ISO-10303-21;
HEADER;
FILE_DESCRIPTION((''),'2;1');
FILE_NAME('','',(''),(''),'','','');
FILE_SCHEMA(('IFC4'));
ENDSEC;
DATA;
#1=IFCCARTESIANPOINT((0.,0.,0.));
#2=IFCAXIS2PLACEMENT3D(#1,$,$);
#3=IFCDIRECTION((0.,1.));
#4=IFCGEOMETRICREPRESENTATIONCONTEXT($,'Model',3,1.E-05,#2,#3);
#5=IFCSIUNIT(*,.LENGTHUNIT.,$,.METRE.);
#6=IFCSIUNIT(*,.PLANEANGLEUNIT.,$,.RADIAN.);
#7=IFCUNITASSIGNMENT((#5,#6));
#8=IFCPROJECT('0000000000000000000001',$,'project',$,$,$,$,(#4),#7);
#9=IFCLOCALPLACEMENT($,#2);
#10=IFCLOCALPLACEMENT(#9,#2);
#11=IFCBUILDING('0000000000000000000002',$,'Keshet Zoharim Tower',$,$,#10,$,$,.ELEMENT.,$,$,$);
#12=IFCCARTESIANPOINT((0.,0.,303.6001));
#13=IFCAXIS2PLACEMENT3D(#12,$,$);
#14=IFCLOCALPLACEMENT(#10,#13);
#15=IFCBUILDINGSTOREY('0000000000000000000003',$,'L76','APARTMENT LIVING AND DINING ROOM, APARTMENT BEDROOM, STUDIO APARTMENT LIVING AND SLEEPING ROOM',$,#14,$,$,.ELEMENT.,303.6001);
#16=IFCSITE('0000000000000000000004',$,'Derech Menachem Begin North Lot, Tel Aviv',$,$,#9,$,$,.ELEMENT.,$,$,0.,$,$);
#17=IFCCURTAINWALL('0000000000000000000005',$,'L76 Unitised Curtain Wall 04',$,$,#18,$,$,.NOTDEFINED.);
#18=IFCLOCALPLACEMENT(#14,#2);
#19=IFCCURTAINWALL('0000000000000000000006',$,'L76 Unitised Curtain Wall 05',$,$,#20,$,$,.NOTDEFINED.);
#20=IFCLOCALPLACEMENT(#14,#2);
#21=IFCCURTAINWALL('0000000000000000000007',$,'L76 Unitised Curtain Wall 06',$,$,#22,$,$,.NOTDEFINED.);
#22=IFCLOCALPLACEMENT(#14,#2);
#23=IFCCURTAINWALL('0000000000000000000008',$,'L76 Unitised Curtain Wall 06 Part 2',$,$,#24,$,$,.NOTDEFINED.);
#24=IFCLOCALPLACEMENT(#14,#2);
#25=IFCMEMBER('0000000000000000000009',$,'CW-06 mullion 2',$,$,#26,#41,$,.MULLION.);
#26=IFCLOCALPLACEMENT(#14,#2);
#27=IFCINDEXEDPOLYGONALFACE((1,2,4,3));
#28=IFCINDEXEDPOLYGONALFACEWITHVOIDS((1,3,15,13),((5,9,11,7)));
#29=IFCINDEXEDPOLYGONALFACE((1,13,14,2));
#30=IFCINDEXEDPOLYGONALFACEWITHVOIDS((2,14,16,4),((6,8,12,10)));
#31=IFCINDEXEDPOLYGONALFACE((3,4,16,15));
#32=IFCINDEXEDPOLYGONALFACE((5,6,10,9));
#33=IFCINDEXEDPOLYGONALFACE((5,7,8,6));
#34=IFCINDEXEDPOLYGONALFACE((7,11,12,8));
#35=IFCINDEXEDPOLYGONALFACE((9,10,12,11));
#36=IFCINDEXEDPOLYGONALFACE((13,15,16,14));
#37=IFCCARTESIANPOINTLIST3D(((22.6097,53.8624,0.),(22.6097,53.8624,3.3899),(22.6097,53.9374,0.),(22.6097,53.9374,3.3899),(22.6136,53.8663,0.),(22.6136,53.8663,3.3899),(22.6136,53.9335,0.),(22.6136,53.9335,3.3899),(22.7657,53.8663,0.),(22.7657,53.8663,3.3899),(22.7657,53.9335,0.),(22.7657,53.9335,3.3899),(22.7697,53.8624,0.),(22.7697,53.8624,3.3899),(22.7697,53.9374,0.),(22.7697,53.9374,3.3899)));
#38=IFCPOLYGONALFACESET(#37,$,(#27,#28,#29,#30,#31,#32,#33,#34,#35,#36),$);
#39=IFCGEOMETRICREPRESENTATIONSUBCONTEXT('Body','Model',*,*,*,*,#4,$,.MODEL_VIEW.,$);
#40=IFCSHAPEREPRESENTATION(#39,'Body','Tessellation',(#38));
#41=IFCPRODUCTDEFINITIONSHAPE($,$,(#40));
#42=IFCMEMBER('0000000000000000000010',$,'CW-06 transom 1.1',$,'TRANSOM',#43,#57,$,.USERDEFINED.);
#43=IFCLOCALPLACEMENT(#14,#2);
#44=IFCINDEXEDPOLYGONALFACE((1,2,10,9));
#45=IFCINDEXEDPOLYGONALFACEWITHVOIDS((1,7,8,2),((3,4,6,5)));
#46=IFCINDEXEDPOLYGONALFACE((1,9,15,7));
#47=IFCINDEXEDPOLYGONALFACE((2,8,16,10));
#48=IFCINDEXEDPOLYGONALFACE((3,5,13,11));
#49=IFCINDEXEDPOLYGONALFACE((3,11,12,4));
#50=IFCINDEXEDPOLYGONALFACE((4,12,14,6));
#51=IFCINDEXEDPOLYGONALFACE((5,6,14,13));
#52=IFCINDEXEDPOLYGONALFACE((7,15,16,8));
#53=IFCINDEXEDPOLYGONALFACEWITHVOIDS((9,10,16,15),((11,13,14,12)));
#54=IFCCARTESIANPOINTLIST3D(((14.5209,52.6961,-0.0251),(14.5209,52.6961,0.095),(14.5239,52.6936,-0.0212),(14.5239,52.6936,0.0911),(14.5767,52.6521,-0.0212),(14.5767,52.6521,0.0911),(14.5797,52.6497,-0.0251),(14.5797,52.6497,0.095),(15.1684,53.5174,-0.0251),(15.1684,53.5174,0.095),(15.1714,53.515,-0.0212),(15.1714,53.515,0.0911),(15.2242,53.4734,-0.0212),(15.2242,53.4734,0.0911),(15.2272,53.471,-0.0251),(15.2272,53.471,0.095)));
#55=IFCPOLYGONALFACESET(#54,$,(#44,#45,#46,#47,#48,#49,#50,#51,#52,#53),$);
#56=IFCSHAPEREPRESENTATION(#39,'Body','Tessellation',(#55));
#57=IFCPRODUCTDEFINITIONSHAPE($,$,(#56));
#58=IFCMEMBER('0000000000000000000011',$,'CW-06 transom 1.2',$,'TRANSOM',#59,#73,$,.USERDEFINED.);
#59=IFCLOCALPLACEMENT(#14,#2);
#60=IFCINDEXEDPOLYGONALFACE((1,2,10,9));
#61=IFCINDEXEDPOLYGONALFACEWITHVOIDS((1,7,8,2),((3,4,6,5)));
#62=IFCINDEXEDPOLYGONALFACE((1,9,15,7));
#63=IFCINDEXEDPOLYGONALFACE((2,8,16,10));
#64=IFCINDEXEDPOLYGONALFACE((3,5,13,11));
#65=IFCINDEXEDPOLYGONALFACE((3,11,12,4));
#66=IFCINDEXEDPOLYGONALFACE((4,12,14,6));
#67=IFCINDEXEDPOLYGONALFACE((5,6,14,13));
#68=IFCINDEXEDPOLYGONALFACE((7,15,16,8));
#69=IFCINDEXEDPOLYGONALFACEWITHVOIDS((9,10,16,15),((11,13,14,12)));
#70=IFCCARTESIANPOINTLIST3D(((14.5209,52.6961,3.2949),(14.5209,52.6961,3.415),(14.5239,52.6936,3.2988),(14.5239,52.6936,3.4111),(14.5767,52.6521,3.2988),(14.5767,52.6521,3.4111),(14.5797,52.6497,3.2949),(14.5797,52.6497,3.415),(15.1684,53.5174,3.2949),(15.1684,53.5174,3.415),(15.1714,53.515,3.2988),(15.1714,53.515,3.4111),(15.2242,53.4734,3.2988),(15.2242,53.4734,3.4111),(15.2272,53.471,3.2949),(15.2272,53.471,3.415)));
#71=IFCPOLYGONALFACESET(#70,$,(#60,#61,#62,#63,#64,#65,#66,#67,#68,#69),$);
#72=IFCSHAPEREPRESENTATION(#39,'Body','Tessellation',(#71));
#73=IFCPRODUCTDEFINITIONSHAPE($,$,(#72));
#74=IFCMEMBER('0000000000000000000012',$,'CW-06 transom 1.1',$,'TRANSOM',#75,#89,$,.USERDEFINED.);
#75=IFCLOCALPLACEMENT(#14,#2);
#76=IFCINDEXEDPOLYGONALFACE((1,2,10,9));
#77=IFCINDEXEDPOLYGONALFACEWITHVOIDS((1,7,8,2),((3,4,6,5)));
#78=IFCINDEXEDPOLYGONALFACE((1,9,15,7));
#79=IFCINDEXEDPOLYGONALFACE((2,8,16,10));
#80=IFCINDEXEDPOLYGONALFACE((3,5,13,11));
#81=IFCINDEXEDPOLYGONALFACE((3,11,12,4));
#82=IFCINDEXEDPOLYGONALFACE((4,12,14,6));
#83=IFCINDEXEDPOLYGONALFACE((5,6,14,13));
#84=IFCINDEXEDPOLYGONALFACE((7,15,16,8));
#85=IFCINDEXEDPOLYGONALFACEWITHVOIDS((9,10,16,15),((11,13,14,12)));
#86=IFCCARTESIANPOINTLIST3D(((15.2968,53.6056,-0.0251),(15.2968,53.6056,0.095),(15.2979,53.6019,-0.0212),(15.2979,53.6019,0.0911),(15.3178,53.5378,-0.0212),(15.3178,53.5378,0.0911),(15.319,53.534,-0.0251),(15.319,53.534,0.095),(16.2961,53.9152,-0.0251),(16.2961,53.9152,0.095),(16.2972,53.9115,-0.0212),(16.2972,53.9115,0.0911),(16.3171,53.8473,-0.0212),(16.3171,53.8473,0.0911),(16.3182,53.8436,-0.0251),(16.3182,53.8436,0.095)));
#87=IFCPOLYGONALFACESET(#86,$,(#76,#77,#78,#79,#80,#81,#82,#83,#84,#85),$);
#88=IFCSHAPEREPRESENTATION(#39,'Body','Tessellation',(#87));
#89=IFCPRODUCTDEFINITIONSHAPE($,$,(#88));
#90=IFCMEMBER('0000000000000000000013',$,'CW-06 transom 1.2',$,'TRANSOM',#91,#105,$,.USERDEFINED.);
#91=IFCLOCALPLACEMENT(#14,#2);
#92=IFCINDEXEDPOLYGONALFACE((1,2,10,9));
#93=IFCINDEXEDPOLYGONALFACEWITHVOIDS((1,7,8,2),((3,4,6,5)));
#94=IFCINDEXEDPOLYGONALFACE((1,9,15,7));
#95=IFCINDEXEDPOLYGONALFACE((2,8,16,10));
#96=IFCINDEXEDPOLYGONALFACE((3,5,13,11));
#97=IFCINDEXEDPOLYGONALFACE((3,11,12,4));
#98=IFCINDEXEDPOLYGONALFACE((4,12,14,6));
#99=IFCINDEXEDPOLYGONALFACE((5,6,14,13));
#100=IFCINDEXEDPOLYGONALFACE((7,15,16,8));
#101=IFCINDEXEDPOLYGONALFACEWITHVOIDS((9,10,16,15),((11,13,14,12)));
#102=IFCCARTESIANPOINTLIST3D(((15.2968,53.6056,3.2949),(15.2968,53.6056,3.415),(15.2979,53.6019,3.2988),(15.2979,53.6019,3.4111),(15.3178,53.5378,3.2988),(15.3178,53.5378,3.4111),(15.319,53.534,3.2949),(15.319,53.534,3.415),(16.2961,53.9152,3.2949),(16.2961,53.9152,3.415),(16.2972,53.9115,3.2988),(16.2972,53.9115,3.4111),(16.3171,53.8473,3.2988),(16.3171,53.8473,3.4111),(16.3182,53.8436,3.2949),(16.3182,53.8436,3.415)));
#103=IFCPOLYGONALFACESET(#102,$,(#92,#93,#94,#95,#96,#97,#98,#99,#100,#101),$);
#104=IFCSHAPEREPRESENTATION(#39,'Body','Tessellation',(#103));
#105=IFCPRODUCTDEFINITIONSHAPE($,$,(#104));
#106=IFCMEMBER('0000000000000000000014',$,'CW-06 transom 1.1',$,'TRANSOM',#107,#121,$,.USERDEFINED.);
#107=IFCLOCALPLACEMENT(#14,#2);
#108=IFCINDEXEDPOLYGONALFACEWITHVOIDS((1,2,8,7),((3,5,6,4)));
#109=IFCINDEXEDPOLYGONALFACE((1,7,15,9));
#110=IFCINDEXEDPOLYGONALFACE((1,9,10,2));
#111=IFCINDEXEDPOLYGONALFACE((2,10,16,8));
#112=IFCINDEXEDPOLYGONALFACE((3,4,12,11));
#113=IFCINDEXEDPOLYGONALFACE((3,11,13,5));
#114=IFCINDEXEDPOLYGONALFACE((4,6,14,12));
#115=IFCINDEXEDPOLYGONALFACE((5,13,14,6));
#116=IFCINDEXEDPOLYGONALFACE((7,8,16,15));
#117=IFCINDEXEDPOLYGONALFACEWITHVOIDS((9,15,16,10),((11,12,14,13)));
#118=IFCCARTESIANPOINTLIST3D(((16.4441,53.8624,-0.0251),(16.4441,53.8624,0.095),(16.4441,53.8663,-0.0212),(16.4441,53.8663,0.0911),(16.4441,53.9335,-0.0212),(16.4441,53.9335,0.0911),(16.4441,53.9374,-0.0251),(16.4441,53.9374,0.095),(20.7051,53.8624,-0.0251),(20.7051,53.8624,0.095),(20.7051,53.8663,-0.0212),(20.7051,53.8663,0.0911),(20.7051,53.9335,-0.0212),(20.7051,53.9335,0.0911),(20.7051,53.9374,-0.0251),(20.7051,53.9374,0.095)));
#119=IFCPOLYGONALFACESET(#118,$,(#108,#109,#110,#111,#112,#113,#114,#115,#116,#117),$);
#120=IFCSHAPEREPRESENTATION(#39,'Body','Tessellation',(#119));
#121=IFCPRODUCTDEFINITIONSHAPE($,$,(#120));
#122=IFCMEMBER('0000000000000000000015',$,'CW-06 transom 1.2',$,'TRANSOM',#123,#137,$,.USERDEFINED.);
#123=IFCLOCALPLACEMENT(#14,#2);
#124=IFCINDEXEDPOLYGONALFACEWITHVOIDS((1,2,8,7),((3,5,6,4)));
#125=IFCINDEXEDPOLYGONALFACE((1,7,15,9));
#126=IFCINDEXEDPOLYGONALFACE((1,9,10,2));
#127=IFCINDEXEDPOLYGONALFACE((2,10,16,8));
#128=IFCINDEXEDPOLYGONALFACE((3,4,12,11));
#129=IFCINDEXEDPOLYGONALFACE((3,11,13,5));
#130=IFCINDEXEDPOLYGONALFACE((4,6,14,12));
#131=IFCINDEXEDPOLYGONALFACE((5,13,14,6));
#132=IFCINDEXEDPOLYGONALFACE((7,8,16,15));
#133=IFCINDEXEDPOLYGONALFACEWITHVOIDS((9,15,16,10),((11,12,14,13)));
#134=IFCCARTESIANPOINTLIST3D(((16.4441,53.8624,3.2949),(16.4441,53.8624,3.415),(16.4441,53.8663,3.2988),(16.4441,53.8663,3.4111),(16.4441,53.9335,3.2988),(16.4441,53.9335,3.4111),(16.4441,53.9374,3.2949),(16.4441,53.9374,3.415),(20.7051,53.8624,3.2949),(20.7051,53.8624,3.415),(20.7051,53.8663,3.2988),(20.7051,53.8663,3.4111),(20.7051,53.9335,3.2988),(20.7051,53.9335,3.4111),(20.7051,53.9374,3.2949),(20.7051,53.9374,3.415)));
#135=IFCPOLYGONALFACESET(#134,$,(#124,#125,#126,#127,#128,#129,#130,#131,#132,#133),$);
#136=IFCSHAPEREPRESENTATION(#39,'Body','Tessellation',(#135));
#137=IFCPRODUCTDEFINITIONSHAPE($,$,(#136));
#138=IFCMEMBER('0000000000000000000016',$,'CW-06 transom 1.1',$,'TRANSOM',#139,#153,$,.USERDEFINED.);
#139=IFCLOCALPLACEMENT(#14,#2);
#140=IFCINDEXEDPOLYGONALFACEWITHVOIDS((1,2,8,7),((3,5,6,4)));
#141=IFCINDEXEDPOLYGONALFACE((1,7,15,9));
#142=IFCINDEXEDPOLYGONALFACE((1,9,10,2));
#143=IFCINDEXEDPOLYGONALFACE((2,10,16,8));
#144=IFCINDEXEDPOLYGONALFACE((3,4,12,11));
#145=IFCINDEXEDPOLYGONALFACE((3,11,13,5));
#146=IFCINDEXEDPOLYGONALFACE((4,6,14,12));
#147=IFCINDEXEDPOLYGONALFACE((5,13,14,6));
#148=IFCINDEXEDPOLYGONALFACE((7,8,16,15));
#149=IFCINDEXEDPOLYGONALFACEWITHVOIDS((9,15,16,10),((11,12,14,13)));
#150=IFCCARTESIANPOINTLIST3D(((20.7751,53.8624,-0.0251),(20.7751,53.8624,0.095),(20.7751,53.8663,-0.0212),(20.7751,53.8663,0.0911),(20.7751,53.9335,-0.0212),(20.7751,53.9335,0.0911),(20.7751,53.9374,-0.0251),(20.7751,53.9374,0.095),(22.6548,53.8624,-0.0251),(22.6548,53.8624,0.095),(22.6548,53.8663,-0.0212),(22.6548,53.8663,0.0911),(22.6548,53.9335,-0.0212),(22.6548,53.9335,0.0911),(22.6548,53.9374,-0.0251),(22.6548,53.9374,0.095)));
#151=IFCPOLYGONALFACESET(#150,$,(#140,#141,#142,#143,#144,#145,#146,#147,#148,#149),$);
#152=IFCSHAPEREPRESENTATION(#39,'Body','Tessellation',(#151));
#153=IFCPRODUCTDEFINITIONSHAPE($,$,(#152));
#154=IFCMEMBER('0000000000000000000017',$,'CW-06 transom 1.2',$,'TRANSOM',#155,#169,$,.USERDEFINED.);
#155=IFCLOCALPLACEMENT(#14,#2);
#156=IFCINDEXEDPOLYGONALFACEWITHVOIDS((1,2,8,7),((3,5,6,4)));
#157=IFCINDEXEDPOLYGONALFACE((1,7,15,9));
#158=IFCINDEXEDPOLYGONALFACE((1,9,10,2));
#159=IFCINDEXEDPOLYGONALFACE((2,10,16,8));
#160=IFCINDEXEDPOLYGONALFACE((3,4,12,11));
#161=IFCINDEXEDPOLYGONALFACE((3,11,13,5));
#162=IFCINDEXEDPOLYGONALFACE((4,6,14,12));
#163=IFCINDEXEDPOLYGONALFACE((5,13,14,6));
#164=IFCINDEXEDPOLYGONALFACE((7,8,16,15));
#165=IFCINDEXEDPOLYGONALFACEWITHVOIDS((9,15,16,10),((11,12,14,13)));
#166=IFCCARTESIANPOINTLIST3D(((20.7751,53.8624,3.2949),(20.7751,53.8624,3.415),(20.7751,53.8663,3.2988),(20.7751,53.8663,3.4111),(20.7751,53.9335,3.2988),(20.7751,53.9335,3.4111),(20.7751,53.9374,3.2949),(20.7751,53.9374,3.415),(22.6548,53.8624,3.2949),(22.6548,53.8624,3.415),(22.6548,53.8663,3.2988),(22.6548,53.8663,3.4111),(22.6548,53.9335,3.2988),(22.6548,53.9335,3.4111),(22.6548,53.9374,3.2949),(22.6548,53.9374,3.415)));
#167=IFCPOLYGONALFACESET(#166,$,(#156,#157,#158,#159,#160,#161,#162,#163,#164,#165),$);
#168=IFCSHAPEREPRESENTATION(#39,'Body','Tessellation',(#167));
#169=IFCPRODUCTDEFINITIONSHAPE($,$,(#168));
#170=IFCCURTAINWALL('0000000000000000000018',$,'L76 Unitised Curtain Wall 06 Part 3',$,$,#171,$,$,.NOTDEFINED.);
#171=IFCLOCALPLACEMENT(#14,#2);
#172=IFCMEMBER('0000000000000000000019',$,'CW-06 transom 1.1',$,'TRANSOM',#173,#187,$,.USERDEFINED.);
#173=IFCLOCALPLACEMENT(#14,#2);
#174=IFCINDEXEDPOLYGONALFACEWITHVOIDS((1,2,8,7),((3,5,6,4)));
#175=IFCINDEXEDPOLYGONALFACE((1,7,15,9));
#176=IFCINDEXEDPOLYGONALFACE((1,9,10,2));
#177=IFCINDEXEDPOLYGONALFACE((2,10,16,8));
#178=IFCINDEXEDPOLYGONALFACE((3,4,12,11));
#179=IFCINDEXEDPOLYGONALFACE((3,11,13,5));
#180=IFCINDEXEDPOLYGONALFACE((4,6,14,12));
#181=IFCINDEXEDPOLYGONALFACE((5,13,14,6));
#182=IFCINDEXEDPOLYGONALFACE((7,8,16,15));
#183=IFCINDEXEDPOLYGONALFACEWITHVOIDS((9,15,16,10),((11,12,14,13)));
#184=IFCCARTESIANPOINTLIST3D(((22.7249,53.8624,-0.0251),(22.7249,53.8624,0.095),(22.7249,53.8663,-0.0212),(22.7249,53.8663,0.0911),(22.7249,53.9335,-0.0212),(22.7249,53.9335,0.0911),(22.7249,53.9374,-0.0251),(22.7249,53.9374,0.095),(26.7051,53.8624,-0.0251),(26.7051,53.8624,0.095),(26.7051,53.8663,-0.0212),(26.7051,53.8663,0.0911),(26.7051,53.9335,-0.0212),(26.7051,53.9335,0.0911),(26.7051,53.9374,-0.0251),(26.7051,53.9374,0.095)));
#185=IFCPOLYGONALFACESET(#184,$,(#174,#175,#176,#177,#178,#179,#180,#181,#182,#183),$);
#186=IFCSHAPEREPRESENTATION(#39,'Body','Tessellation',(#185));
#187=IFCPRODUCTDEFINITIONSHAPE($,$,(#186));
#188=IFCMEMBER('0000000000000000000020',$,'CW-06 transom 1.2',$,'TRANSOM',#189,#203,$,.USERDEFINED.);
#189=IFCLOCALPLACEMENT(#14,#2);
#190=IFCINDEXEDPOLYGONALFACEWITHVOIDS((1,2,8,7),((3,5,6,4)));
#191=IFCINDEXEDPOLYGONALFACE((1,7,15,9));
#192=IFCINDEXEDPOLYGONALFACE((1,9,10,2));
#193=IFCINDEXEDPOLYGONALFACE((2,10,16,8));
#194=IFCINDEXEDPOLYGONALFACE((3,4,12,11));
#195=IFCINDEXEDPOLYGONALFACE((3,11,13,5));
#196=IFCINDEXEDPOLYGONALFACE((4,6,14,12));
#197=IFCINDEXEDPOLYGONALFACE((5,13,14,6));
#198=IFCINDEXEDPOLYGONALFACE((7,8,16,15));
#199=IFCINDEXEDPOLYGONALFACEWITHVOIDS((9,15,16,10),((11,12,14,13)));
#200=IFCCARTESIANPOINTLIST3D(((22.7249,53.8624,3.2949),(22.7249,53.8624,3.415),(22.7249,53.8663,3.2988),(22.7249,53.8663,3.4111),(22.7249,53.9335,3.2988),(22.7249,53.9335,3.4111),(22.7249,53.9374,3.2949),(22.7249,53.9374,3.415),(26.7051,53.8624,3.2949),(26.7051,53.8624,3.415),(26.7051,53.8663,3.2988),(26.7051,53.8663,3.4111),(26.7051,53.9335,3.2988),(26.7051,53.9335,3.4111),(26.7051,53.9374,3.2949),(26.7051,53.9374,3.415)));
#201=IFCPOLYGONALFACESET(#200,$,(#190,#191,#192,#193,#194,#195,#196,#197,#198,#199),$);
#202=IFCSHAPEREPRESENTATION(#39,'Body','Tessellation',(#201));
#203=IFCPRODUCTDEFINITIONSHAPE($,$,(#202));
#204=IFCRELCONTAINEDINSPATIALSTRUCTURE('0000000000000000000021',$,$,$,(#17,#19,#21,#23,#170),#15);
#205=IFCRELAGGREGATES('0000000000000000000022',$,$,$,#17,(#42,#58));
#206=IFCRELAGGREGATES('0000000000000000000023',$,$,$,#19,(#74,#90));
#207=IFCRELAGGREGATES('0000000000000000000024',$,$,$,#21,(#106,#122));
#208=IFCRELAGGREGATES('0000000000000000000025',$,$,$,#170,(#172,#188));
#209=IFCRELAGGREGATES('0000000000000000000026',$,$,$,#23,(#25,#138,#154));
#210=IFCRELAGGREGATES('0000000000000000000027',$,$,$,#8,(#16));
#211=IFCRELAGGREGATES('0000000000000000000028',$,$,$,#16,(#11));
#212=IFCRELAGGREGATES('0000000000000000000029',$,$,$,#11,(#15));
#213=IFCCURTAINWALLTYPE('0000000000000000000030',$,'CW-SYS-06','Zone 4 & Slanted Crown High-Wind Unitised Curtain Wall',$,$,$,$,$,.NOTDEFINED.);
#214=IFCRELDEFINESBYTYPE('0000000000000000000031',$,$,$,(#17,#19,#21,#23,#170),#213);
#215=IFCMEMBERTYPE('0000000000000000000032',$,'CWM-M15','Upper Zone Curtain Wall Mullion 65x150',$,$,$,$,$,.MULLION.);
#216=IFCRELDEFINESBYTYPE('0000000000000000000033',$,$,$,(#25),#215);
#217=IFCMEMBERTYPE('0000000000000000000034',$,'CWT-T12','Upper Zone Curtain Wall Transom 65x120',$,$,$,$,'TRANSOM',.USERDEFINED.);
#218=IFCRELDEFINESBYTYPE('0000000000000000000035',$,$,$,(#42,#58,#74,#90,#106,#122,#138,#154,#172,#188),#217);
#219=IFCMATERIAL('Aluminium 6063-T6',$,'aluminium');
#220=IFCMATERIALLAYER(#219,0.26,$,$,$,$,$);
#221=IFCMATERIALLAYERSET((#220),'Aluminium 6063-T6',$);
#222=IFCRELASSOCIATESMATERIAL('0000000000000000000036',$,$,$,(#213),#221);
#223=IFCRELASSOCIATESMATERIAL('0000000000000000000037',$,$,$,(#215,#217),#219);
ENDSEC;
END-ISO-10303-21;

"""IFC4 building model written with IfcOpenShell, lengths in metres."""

from ifc_helpers import new_model, si_unit, direction, frame, origin, origin_2d, place, context, subcontext, project, spatial, hollow_rectangle, extrude, material, layer, layer_set, material_profile, profile_set, type_object, element, aggregate, save


model = new_model("IFC4")

# Units and contexts
model_context = context("Model", 3, precision=1e-05, world=origin(), true_north=direction((0.0, 1.0)))
body_context = subcontext(model_context, "Body", "Model", "MODEL_VIEW")
ifc_project = project(units=[si_unit("LENGTHUNIT", "METRE"), si_unit("PLANEANGLEUNIT", "RADIAN")], contexts=[model_context])

# Site, building, storey
site_placement = place(None, origin())
site = spatial("IfcSite", under=ifc_project, at=site_placement, Name="Derech Menachem Begin North Lot, Tel Aviv", CompositionType="ELEMENT", RefElevation=0.0)
building_placement = place(site_placement, origin())
building = spatial("IfcBuilding", under=site, at=building_placement, Name="Keshet Zoharim Tower", CompositionType="ELEMENT")
storey_placement = place(building_placement, frame((0.0, 0.0, 303.6001)))
storey = spatial("IfcBuildingStorey", under=building, at=storey_placement, Name="L76", Description="APARTMENT LIVING AND DINING ROOM, APARTMENT BEDROOM, STUDIO APARTMENT LIVING AND SLEEPING ROOM", CompositionType="ELEMENT", Elevation=303.6001)

# Curtain wall
ifc_material_1 = material(Name="Aluminium 6063-T6", Category="aluminium")
ifc_layer_1 = layer(ifc_material_1, 0.26)
ifc_layer_set_1 = layer_set([ifc_layer_1], Name="Aluminium 6063-T6")
curtain_wall_type = type_object("IfcCurtainWallType", Name="CW-SYS-06", Description="Zone 4 & Slanted Crown High-Wind Unitised Curtain Wall", PredefinedType="NOTDEFINED", material=ifc_layer_set_1)
curtain_wall_1_placement = place(storey_placement, origin())
curtain_wall_1 = element("IfcCurtainWall", 1, at=curtain_wall_1_placement, inside=storey, type_object=curtain_wall_type, Name="L76 Unitised Curtain Wall 04", PredefinedType="NOTDEFINED")
ifc_material_profile_1 = material_profile(ifc_material_1, hollow_rectangle(XDim=0.075, YDim=0.1599, WallThickness=0.0039, at=origin_2d()), Name="MUL-75x160")
ifc_profile_set_1 = profile_set([ifc_material_profile_1], Name="Aluminium 6063-T6")
member_type_1 = type_object("IfcMemberType", Name="CWM-M15", Description="Upper Zone Curtain Wall Mullion 65x150", PredefinedType="MULLION", material=ifc_profile_set_1)

# Curtain walls
curtain_wall_2_placement = place(storey_placement, origin())
curtain_wall_2 = element("IfcCurtainWall", 2, at=curtain_wall_2_placement, inside=storey, type_object=curtain_wall_type, Name="L76 Unitised Curtain Wall 05", PredefinedType="NOTDEFINED")
curtain_wall_3_placement = place(storey_placement, origin())
curtain_wall_3 = element("IfcCurtainWall", 3, at=curtain_wall_3_placement, inside=storey, type_object=curtain_wall_type, Name="L76 Unitised Curtain Wall 06", PredefinedType="NOTDEFINED")

# Curtain wall, member
curtain_wall_4_placement = place(storey_placement, origin())
curtain_wall_4 = element("IfcCurtainWall", 4, at=curtain_wall_4_placement, inside=storey, type_object=curtain_wall_type, Name="L76 Unitised Curtain Wall 06 Part 2", PredefinedType="NOTDEFINED")
member_1_placement = place(storey_placement, frame((22.6897, 53.8999, 0.0), z_axis=(0.0, 0.0, 1.0), x_axis=(0.0, 1.0, 0.0)))
member_1 = element("IfcMember", 5, at=member_1_placement, type_object=member_type_1, Name="CW-06 mullion 2", PredefinedType="MULLION", context=body_context, shape_type="SweptSolid", body=[
    extrude(hollow_rectangle(XDim=0.075, YDim=0.1599, WallThickness=0.0039, at=origin_2d()), origin(), (0.0, 0.0, 1.0), 3.3899),
])

# Members
ifc_material_profile_2 = material_profile(ifc_material_1, hollow_rectangle(XDim=0.075, YDim=0.1201, WallThickness=0.0039, at=origin_2d()), Name="TRN-75x120")
ifc_profile_set_2 = profile_set([ifc_material_profile_2], Name="Aluminium 6063-T6")
member_type_2 = type_object("IfcMemberType", Name="CWT-T12", Description="Upper Zone Curtain Wall Transom 65x120", ElementType="TRANSOM", PredefinedType="USERDEFINED", material=ifc_profile_set_2)
member_2_placement = place(storey_placement, frame((14.5503, 52.6729, 0.0349), z_axis=(0.619099, 0.785313, 0.0), x_axis=(-0.785313, 0.619099, 0.0)))
member_2 = element("IfcMember", 6, at=member_2_placement, type_object=member_type_2, Name="CW-06 transom 1.1", ObjectType="TRANSOM", PredefinedType="USERDEFINED", context=body_context, shape_type="SweptSolid", body=[
    extrude(hollow_rectangle(XDim=0.075, YDim=0.1201, WallThickness=0.0039, at=origin_2d()), origin(), (0.0, 0.0, 1.0), 1.0459),
])
member_3_placement = place(storey_placement, frame((14.5503, 52.6729, 3.355), z_axis=(0.619099, 0.785313, 0.0), x_axis=(-0.785313, 0.619099, 0.0)))
member_3 = element("IfcMember", 7, at=member_3_placement, type_object=member_type_2, Name="CW-06 transom 1.2", ObjectType="TRANSOM", PredefinedType="USERDEFINED", context=body_context, shape_type="SweptSolid", body=[
    extrude(hollow_rectangle(XDim=0.075, YDim=0.1201, WallThickness=0.0039, at=origin_2d()), origin(), (0.0, 0.0, 1.0), 1.0459),
])
member_4_placement = place(storey_placement, frame((15.3079, 53.5698, 0.0349), z_axis=(0.955212, 0.295922, 0.0), x_axis=(-0.295922, 0.955212, 0.0)))
member_4 = element("IfcMember", 8, at=member_4_placement, type_object=member_type_2, Name="CW-06 transom 1.1", ObjectType="TRANSOM", PredefinedType="USERDEFINED", context=body_context, shape_type="SweptSolid", body=[
    extrude(hollow_rectangle(XDim=0.075, YDim=0.1201, WallThickness=0.0039, at=origin_2d()), origin(), (0.0, 0.0, 1.0), 1.0461),
])
member_5_placement = place(storey_placement, frame((15.3079, 53.5698, 3.355), z_axis=(0.955212, 0.295922, 0.0), x_axis=(-0.295922, 0.955212, 0.0)))
member_5 = element("IfcMember", 9, at=member_5_placement, type_object=member_type_2, Name="CW-06 transom 1.2", ObjectType="TRANSOM", PredefinedType="USERDEFINED", context=body_context, shape_type="SweptSolid", body=[
    extrude(hollow_rectangle(XDim=0.075, YDim=0.1201, WallThickness=0.0039, at=origin_2d()), origin(), (0.0, 0.0, 1.0), 1.0461),
])
member_6_placement = place(storey_placement, frame((16.4441, 53.8999, 0.0349), z_axis=(1.0, 0.0, 0.0), x_axis=(0.0, 1.0, 0.0)))
member_6 = element("IfcMember", 10, at=member_6_placement, type_object=member_type_2, Name="CW-06 transom 1.1", ObjectType="TRANSOM", PredefinedType="USERDEFINED", context=body_context, shape_type="SweptSolid", body=[
    extrude(hollow_rectangle(XDim=0.075, YDim=0.1201, WallThickness=0.0039, at=origin_2d()), origin(), (0.0, 0.0, 1.0), 4.261),
])
member_7_placement = place(storey_placement, frame((16.4441, 53.8999, 3.355), z_axis=(1.0, 0.0, 0.0), x_axis=(0.0, 1.0, 0.0)))
member_7 = element("IfcMember", 11, at=member_7_placement, type_object=member_type_2, Name="CW-06 transom 1.2", ObjectType="TRANSOM", PredefinedType="USERDEFINED", context=body_context, shape_type="SweptSolid", body=[
    extrude(hollow_rectangle(XDim=0.075, YDim=0.1201, WallThickness=0.0039, at=origin_2d()), origin(), (0.0, 0.0, 1.0), 4.261),
])
member_8_placement = place(storey_placement, frame((20.7751, 53.8999, 0.0349), z_axis=(1.0, 0.0, 0.0), x_axis=(0.0, 1.0, 0.0)))
member_8 = element("IfcMember", 12, at=member_8_placement, type_object=member_type_2, Name="CW-06 transom 1.1", ObjectType="TRANSOM", PredefinedType="USERDEFINED", context=body_context, shape_type="SweptSolid", body=[
    extrude(hollow_rectangle(XDim=0.075, YDim=0.1201, WallThickness=0.0039, at=origin_2d()), origin(), (0.0, 0.0, 1.0), 1.8796),
])
member_9_placement = place(storey_placement, frame((20.7751, 53.8999, 3.355), z_axis=(1.0, 0.0, 0.0), x_axis=(0.0, 1.0, 0.0)))
member_9 = element("IfcMember", 13, at=member_9_placement, type_object=member_type_2, Name="CW-06 transom 1.2", ObjectType="TRANSOM", PredefinedType="USERDEFINED", context=body_context, shape_type="SweptSolid", body=[
    extrude(hollow_rectangle(XDim=0.075, YDim=0.1201, WallThickness=0.0039, at=origin_2d()), origin(), (0.0, 0.0, 1.0), 1.8796),
])

# Curtain wall, members
curtain_wall_5_placement = place(storey_placement, origin())
curtain_wall_5 = element("IfcCurtainWall", 14, at=curtain_wall_5_placement, inside=storey, type_object=curtain_wall_type, Name="L76 Unitised Curtain Wall 06 Part 3", PredefinedType="NOTDEFINED")
member_10_placement = place(storey_placement, frame((22.7249, 53.8999, 0.0349), z_axis=(1.0, 0.0, 0.0), x_axis=(0.0, 1.0, 0.0)))
member_10 = element("IfcMember", 15, at=member_10_placement, type_object=member_type_2, Name="CW-06 transom 1.1", ObjectType="TRANSOM", PredefinedType="USERDEFINED", context=body_context, shape_type="SweptSolid", body=[
    extrude(hollow_rectangle(XDim=0.075, YDim=0.1201, WallThickness=0.0039, at=origin_2d()), origin(), (0.0, 0.0, 1.0), 3.9802),
])
member_11_placement = place(storey_placement, frame((22.7249, 53.8999, 3.355), z_axis=(1.0, 0.0, 0.0), x_axis=(0.0, 1.0, 0.0)))
member_11 = element("IfcMember", 16, at=member_11_placement, type_object=member_type_2, Name="CW-06 transom 1.2", ObjectType="TRANSOM", PredefinedType="USERDEFINED", context=body_context, shape_type="SweptSolid", body=[
    extrude(hollow_rectangle(XDim=0.075, YDim=0.1201, WallThickness=0.0039, at=origin_2d()), origin(), (0.0, 0.0, 1.0), 3.9802),
])

aggregate(curtain_wall_1, [member_2, member_3])
aggregate(curtain_wall_2, [member_4, member_5])
aggregate(curtain_wall_3, [member_6, member_7])
aggregate(curtain_wall_5, [member_10, member_11])
aggregate(curtain_wall_4, [member_1, member_8, member_9])

save(model, "model.ifc")
